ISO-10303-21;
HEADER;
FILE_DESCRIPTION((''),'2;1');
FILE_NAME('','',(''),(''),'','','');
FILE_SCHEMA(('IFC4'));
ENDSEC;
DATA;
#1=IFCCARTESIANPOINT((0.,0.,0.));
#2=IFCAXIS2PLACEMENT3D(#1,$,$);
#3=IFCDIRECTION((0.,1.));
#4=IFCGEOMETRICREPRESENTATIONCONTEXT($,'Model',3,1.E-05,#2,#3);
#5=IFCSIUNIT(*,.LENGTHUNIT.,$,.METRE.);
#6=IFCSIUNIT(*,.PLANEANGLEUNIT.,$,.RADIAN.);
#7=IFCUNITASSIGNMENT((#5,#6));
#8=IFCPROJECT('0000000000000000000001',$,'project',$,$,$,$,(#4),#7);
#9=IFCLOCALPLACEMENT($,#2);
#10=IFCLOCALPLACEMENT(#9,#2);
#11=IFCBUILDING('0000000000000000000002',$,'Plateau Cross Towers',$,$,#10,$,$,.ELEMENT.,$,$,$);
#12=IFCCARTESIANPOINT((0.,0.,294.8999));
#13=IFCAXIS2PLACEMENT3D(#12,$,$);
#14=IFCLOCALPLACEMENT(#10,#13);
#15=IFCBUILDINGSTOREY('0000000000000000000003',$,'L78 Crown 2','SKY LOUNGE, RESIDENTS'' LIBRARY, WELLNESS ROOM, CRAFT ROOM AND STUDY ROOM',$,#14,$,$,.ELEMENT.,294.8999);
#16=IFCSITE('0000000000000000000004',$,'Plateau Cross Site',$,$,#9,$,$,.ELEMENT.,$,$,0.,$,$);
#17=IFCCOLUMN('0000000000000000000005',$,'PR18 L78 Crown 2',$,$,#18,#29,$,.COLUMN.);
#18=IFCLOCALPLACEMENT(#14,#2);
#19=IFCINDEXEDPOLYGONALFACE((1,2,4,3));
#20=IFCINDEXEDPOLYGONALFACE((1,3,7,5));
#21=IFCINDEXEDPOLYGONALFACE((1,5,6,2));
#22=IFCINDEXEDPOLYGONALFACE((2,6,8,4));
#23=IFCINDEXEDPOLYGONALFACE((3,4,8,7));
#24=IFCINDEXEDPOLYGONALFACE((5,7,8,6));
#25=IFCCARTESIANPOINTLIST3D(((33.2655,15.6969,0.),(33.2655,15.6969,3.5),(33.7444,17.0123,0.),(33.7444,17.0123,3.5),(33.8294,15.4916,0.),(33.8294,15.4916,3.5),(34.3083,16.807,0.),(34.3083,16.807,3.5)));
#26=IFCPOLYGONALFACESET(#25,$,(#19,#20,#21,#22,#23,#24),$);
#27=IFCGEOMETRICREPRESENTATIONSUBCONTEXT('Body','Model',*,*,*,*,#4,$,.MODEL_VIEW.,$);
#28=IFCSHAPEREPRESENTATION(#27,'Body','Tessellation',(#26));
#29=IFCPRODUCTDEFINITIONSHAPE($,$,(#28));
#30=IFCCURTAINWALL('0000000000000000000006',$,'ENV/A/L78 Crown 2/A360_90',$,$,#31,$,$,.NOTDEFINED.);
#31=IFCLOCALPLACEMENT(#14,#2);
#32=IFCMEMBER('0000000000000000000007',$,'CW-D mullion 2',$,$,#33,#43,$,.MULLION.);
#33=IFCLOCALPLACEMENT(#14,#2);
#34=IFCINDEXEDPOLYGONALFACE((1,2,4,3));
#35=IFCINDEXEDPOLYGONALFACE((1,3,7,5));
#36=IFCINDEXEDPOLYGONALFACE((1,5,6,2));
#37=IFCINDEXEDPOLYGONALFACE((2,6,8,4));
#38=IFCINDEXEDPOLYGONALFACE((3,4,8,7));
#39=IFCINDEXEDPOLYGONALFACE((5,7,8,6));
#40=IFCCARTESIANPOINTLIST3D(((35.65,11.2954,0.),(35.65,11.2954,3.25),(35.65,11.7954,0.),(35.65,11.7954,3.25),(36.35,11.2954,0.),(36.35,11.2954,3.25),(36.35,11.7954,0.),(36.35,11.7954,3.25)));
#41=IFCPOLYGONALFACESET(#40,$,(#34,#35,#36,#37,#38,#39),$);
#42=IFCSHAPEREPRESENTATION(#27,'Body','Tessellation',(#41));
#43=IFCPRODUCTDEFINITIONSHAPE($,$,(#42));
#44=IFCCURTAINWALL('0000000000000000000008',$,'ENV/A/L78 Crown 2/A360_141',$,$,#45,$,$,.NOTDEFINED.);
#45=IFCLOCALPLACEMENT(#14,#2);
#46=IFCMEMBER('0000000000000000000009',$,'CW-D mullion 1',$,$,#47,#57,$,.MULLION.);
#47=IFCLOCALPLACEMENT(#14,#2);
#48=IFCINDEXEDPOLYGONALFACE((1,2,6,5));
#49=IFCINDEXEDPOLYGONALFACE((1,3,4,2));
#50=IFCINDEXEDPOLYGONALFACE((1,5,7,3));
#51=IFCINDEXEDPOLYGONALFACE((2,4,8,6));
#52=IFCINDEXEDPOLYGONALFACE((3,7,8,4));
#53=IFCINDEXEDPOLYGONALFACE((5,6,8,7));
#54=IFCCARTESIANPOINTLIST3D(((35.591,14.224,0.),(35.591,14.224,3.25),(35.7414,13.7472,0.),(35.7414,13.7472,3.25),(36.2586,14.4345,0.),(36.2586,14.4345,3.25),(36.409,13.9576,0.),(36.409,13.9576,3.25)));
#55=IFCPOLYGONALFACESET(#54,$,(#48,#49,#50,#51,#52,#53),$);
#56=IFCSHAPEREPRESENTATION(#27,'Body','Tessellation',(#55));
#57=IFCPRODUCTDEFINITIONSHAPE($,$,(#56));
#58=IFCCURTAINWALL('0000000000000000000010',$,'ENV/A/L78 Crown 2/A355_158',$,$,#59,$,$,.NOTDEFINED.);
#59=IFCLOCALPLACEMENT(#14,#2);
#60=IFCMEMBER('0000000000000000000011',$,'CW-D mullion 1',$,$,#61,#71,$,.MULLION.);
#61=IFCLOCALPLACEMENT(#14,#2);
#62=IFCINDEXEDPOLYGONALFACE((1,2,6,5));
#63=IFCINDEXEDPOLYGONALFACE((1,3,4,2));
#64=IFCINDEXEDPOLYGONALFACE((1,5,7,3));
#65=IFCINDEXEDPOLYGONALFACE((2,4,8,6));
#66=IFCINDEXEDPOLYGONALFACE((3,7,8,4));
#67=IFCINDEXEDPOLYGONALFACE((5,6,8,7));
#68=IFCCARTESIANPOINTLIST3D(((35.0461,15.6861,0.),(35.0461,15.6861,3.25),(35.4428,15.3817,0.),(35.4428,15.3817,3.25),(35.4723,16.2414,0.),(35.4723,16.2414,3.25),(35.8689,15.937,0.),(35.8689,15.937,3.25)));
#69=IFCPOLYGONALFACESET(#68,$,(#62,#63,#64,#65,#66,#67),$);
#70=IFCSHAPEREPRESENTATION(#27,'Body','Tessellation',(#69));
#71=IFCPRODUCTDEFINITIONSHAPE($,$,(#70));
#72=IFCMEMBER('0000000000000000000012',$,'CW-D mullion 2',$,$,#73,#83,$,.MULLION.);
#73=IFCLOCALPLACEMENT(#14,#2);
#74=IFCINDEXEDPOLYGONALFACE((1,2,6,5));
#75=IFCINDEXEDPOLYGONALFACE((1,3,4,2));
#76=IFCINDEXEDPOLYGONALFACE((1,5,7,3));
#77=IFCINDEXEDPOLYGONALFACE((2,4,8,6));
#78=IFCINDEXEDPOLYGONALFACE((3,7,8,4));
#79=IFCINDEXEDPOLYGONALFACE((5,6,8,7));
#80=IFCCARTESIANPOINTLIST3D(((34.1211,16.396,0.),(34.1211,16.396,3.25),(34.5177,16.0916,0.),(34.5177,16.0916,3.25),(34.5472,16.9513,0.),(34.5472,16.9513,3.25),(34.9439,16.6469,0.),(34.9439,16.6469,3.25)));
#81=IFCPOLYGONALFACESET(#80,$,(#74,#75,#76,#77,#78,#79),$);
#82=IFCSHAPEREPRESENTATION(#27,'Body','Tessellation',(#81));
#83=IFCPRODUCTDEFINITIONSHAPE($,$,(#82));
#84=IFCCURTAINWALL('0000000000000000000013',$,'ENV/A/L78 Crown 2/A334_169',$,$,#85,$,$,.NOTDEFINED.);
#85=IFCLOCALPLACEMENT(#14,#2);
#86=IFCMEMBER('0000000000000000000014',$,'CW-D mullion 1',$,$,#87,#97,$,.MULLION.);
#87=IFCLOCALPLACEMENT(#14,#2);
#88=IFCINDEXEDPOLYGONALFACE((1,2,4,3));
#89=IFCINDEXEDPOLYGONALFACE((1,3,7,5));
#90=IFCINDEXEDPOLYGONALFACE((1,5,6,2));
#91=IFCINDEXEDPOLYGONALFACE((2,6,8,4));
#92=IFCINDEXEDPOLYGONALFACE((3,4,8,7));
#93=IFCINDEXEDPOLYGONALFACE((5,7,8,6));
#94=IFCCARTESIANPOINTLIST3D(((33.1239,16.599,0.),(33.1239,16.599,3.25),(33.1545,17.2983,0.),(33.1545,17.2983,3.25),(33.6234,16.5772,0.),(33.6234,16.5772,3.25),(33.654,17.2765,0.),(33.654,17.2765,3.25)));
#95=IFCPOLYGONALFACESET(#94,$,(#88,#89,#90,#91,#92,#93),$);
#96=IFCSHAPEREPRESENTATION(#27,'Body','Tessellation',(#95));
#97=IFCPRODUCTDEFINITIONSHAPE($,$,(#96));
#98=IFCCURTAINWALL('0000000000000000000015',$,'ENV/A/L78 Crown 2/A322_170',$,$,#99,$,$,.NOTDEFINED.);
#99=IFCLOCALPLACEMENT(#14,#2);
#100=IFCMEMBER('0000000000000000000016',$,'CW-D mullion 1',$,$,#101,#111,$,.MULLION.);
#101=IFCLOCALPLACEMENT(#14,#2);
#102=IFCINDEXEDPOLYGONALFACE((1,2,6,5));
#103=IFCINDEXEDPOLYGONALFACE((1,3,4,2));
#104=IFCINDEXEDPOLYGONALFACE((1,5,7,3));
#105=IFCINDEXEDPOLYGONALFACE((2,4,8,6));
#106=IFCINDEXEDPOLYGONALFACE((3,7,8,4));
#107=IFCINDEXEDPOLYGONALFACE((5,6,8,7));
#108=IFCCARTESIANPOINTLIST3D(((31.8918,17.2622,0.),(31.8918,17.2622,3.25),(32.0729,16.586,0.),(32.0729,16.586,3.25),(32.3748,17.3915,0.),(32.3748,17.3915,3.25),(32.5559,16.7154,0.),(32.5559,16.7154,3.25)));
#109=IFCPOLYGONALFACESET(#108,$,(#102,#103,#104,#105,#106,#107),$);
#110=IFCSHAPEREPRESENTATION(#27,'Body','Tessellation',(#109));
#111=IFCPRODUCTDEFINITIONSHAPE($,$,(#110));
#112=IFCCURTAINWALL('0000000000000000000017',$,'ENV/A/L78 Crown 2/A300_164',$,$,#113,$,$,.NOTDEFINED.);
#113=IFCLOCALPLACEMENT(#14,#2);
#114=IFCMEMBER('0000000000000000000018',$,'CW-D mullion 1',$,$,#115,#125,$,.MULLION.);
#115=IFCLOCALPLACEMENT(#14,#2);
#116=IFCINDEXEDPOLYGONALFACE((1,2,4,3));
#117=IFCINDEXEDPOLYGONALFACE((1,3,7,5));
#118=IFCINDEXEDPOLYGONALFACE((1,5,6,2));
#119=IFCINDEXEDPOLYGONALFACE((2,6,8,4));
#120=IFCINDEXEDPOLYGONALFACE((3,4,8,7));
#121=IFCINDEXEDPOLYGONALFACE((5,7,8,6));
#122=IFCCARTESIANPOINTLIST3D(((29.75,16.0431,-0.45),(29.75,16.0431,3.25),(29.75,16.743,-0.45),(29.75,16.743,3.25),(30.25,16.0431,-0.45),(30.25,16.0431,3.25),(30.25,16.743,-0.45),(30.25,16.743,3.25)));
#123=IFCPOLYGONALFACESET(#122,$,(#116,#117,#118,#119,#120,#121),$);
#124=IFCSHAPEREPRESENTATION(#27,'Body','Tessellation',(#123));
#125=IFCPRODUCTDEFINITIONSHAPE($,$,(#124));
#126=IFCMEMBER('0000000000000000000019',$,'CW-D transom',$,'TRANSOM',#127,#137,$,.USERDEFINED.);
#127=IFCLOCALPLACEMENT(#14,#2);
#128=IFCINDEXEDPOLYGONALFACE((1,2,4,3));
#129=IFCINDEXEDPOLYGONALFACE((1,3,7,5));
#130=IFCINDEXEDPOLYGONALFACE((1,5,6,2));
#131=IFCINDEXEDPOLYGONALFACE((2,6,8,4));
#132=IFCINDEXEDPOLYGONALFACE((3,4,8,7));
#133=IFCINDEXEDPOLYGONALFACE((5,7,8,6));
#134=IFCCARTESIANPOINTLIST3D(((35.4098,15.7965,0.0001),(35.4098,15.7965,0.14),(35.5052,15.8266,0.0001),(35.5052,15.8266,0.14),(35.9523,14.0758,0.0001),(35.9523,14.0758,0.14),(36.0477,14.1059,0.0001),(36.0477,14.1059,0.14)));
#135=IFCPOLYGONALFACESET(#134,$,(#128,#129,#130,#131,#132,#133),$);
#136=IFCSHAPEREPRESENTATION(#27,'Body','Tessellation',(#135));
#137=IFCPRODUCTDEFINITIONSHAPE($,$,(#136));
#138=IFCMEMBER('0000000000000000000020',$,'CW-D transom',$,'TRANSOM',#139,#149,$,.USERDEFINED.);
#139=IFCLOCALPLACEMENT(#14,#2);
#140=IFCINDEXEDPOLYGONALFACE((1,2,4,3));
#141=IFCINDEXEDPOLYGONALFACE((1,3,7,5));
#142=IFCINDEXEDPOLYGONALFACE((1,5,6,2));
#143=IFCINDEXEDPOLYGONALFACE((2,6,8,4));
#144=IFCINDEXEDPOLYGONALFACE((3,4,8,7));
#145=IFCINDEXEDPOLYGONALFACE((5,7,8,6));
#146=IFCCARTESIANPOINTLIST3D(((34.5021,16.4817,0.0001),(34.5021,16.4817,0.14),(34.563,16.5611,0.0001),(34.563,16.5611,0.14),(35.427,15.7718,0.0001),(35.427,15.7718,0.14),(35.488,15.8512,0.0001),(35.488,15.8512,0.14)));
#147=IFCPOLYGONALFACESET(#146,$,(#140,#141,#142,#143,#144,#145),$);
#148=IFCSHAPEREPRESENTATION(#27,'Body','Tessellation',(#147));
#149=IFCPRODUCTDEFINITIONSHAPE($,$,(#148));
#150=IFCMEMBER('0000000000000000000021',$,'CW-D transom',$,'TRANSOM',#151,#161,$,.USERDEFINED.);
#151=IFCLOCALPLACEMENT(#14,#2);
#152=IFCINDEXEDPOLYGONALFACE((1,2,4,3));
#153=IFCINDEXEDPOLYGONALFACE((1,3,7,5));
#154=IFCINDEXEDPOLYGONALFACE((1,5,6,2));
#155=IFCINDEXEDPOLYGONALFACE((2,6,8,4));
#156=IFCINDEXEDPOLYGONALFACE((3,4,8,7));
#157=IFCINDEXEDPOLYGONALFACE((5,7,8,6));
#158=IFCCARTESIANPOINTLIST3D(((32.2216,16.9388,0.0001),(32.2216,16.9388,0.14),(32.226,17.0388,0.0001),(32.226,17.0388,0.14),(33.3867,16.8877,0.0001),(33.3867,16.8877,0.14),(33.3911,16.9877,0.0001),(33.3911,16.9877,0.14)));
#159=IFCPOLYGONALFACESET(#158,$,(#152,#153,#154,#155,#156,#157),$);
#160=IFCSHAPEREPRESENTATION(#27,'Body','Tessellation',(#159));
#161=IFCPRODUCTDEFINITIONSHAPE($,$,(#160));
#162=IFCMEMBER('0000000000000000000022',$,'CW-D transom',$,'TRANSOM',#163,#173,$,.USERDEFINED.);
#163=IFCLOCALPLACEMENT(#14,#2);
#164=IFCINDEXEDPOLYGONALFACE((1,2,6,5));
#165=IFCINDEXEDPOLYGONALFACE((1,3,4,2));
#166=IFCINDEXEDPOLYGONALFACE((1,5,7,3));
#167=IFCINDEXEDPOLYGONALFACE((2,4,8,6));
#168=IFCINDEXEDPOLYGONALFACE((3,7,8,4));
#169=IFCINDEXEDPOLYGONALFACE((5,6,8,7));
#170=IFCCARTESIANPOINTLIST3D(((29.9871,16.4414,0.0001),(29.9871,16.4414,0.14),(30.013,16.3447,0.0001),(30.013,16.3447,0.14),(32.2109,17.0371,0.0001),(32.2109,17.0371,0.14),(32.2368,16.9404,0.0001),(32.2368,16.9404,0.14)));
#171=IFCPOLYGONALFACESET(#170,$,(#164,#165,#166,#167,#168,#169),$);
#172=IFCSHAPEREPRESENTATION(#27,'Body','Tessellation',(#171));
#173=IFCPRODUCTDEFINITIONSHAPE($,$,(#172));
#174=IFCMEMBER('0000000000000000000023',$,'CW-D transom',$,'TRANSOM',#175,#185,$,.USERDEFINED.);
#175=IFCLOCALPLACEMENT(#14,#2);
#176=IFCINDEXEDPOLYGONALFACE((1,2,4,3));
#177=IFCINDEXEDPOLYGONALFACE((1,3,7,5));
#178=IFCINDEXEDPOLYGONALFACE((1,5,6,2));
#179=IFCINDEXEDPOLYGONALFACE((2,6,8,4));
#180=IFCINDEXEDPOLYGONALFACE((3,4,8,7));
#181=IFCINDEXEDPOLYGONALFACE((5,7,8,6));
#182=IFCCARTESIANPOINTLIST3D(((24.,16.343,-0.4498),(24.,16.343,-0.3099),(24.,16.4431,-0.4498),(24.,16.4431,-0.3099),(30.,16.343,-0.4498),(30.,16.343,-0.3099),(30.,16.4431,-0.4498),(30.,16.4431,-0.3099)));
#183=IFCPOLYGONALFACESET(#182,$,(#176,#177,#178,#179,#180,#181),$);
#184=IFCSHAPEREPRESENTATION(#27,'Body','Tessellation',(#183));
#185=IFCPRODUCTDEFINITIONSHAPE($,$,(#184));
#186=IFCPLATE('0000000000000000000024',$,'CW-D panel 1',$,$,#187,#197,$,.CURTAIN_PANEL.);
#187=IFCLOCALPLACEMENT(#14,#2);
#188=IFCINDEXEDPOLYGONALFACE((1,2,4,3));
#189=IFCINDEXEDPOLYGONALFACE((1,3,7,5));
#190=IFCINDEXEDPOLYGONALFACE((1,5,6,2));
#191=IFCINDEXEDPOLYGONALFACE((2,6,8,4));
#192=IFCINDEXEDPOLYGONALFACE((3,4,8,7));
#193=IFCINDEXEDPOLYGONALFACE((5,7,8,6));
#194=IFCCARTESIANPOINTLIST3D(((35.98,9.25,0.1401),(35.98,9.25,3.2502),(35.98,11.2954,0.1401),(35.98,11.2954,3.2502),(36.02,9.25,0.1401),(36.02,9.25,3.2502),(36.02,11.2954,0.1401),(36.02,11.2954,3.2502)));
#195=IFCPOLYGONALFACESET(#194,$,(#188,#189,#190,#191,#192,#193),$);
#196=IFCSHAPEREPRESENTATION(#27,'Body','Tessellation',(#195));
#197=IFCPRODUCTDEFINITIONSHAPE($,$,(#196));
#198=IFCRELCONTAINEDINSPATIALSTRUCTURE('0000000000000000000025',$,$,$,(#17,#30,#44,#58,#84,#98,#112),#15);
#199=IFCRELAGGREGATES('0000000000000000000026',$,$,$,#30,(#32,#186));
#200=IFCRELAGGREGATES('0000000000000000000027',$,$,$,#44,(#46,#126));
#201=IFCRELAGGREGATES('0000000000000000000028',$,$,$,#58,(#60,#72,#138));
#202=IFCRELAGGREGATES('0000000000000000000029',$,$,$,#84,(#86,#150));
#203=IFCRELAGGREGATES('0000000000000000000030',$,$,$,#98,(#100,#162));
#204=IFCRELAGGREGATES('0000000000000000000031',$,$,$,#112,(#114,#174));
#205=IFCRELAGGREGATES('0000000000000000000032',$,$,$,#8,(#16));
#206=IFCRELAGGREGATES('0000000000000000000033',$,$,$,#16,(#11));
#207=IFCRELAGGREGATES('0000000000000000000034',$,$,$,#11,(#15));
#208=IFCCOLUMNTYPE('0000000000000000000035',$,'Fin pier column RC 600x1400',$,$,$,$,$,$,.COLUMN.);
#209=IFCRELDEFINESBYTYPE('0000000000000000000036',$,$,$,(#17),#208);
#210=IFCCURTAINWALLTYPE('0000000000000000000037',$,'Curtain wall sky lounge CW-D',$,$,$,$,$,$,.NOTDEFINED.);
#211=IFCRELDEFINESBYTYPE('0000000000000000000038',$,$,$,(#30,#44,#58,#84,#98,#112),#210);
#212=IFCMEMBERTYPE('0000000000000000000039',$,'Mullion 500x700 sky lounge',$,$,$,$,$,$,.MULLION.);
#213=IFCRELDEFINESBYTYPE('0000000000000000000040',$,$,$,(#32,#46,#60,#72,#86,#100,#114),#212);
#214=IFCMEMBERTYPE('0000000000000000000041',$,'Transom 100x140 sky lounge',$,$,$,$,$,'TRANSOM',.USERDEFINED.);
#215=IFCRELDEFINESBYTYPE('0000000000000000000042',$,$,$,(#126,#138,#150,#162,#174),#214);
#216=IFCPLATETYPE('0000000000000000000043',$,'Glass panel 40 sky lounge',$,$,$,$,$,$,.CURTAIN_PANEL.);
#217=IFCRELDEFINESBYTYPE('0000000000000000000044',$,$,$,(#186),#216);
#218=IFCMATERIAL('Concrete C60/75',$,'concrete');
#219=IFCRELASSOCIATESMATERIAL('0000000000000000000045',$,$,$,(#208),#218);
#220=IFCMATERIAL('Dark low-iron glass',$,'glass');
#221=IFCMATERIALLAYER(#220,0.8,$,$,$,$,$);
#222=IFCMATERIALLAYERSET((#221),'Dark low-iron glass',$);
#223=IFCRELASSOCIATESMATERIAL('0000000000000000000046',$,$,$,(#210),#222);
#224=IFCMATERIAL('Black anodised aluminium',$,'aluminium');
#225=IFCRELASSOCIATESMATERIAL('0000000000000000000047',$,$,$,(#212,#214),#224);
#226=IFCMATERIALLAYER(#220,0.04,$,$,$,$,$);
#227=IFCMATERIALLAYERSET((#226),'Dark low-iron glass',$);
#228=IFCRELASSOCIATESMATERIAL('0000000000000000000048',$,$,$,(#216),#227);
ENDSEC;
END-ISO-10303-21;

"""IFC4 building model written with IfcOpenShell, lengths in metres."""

from ifc_helpers import new_model, si_unit, direction, frame, origin, origin_2d, place, context, subcontext, project, spatial, rectangle, extrude, material, layer, layer_set, material_profile, profile_set, type_object, element, aggregate, save


model = new_model("IFC4")

# Units and contexts
model_context = context("Model", 3, precision=1e-05, world=origin(), true_north=direction((0.0, 1.0)))
body_context = subcontext(model_context, "Body", "Model", "MODEL_VIEW")
ifc_project = project(units=[si_unit("LENGTHUNIT", "METRE"), si_unit("PLANEANGLEUNIT", "RADIAN")], contexts=[model_context])

# Site, building, storey
site_placement = place(None, origin())
site = spatial("IfcSite", under=ifc_project, at=site_placement, Name="Plateau Cross Site", CompositionType="ELEMENT", RefElevation=0.0)
building_placement = place(site_placement, origin())
building = spatial("IfcBuilding", under=site, at=building_placement, Name="Plateau Cross Towers", CompositionType="ELEMENT")
storey_placement = place(building_placement, frame((0.0, 0.0, 294.8999)))
storey = spatial("IfcBuildingStorey", under=building, at=storey_placement, Name="L78 Crown 2", Description="SKY LOUNGE, RESIDENTS' LIBRARY, WELLNESS ROOM, CRAFT ROOM AND STUDY ROOM", CompositionType="ELEMENT", Elevation=294.8999)

# Column
ifc_material_1 = material(Name="Concrete C60/75", Category="concrete")
ifc_material_profile_1 = material_profile(ifc_material_1, rectangle(XDim=0.6001, YDim=1.3999, at=origin_2d()), Name="RC 600x1400")
ifc_profile_set_1 = profile_set([ifc_material_profile_1], Name="Concrete C60/75")
column_type = type_object("IfcColumnType", Name="Fin pier column RC 600x1400", PredefinedType="COLUMN", material=ifc_profile_set_1)
column_placement = place(storey_placement, frame((33.7869, 16.252, 0.0), z_axis=(0.0, 0.0, 1.0), x_axis=(-0.939664, 0.342098, 0.0)))
element("IfcColumn", 1, at=column_placement, inside=storey, type_object=column_type, Name="PR18 L78 Crown 2", PredefinedType="COLUMN", context=body_context, shape_type="SweptSolid", body=[
    extrude(rectangle(XDim=0.6001, YDim=1.3999, at=origin_2d()), origin(), (0.0, 0.0, 1.0), 3.5),
])

# Curtain walls, members
ifc_material_2 = material(Name="Dark low-iron glass", Category="glass")
ifc_layer_1 = layer(ifc_material_2, 0.8)
ifc_layer_set_1 = layer_set([ifc_layer_1], Name="Dark low-iron glass")
curtain_wall_type = type_object("IfcCurtainWallType", Name="Curtain wall sky lounge CW-D", PredefinedType="NOTDEFINED", material=ifc_layer_set_1)
curtain_wall_1_placement = place(storey_placement, origin())
curtain_wall_1 = element("IfcCurtainWall", 2, at=curtain_wall_1_placement, inside=storey, type_object=curtain_wall_type, Name="ENV/A/L78 Crown 2/A360_90", PredefinedType="NOTDEFINED")
ifc_material_3 = material(Name="Black anodised aluminium", Category="aluminium")
ifc_material_profile_2 = material_profile(ifc_material_3, rectangle(XDim=0.5, YDim=0.7, at=origin_2d()), Name="MULLION 500x700")
ifc_profile_set_2 = profile_set([ifc_material_profile_2], Name="Black anodised aluminium")
member_type_1 = type_object("IfcMemberType", Name="Mullion 500x700 sky lounge", PredefinedType="MULLION", material=ifc_profile_set_2)
member_1_placement = place(storey_placement, frame((36.0, 11.5454, 0.0), z_axis=(0.0, 0.0, 1.0), x_axis=(0.0, 1.0, 0.0)))
member_1 = element("IfcMember", 3, at=member_1_placement, type_object=member_type_1, Name="CW-D mullion 2", PredefinedType="MULLION", context=body_context, shape_type="SweptSolid", body=[
    extrude(rectangle(XDim=0.5, YDim=0.7, at=origin_2d()), origin(), (0.0, 0.0, 1.0), 3.25),
])
curtain_wall_2_placement = place(storey_placement, origin())
curtain_wall_2 = element("IfcCurtainWall", 4, at=curtain_wall_2_placement, inside=storey, type_object=curtain_wall_type, Name="ENV/A/L78 Crown 2/A360_141", PredefinedType="NOTDEFINED")
member_2_placement = place(storey_placement, frame((36.0, 14.0908, 0.0), z_axis=(0.0, 0.0, 1.0), x_axis=(-0.300686, 0.953723, 0.0)))
member_2 = element("IfcMember", 5, at=member_2_placement, type_object=member_type_1, Name="CW-D mullion 1", PredefinedType="MULLION", context=body_context, shape_type="SweptSolid", body=[
    extrude(rectangle(XDim=0.5, YDim=0.7, at=origin_2d()), origin(), (0.0, 0.0, 1.0), 3.25),
])

# Curtain wall, members
curtain_wall_3_placement = place(storey_placement, origin())
curtain_wall_3 = element("IfcCurtainWall", 6, at=curtain_wall_3_placement, inside=storey, type_object=curtain_wall_type, Name="ENV/A/L78 Crown 2/A355_158", PredefinedType="NOTDEFINED")
member_3_placement = place(storey_placement, frame((35.4575, 15.8115, 0.0), z_axis=(0.0, 0.0, 1.0), x_axis=(-0.793316, 0.608811, 0.0)))
member_3 = element("IfcMember", 7, at=member_3_placement, type_object=member_type_1, Name="CW-D mullion 1", PredefinedType="MULLION", context=body_context, shape_type="SweptSolid", body=[
    extrude(rectangle(XDim=0.5, YDim=0.7, at=origin_2d()), origin(), (0.0, 0.0, 1.0), 3.25),
])
member_4_placement = place(storey_placement, frame((34.5325, 16.5215, 0.0), z_axis=(0.0, 0.0, 1.0), x_axis=(-0.793316, 0.608811, 0.0)))
member_4 = element("IfcMember", 8, at=member_4_placement, type_object=member_type_1, Name="CW-D mullion 2", PredefinedType="MULLION", context=body_context, shape_type="SweptSolid", body=[
    extrude(rectangle(XDim=0.5, YDim=0.7, at=origin_2d()), origin(), (0.0, 0.0, 1.0), 3.25),
])

# Curtain walls, members
curtain_wall_4_placement = place(storey_placement, origin())
curtain_wall_4 = element("IfcCurtainWall", 9, at=curtain_wall_4_placement, inside=storey, type_object=curtain_wall_type, Name="ENV/A/L78 Crown 2/A334_169", PredefinedType="NOTDEFINED")
member_5_placement = place(storey_placement, frame((33.3889, 16.9377, 0.0), z_axis=(0.0, 0.0, 1.0), x_axis=(-0.999044, 0.043723, 0.0)))
member_5 = element("IfcMember", 10, at=member_5_placement, type_object=member_type_1, Name="CW-D mullion 1", PredefinedType="MULLION", context=body_context, shape_type="SweptSolid", body=[
    extrude(rectangle(XDim=0.5, YDim=0.7, at=origin_2d()), origin(), (0.0, 0.0, 1.0), 3.25),
])
curtain_wall_5_placement = place(storey_placement, origin())
curtain_wall_5 = element("IfcCurtainWall", 11, at=curtain_wall_5_placement, inside=storey, type_object=curtain_wall_type, Name="ENV/A/L78 Crown 2/A322_170", PredefinedType="NOTDEFINED")
member_6_placement = place(storey_placement, frame((32.2239, 16.9888, 0.0), z_axis=(0.0, 0.0, 1.0), x_axis=(-0.965958, -0.258699, 0.0)))
member_6 = element("IfcMember", 12, at=member_6_placement, type_object=member_type_1, Name="CW-D mullion 1", PredefinedType="MULLION", context=body_context, shape_type="SweptSolid", body=[
    extrude(rectangle(XDim=0.5, YDim=0.7, at=origin_2d()), origin(), (0.0, 0.0, 1.0), 3.25),
])
curtain_wall_6_placement = place(storey_placement, origin())
curtain_wall_6 = element("IfcCurtainWall", 13, at=curtain_wall_6_placement, inside=storey, type_object=curtain_wall_type, Name="ENV/A/L78 Crown 2/A300_164", PredefinedType="NOTDEFINED")
member_7_placement = place(storey_placement, frame((30.0, 16.3931, -0.45), z_axis=(0.0, 0.0, 1.0), x_axis=(-1.0, 0.0, 0.0)))
member_7 = element("IfcMember", 14, at=member_7_placement, type_object=member_type_1, Name="CW-D mullion 1", PredefinedType="MULLION", context=body_context, shape_type="SweptSolid", body=[
    extrude(rectangle(XDim=0.5, YDim=0.7, at=origin_2d()), origin(), (0.0, 0.0, 1.0), 3.7),
])

# Members
ifc_material_profile_3 = material_profile(ifc_material_3, rectangle(XDim=0.1001, YDim=0.1399, at=origin_2d()), Name="TRANSOM 100x140")
ifc_profile_set_3 = profile_set([ifc_material_profile_3], Name="Black anodised aluminium")
member_type_2 = type_object("IfcMemberType", Name="Transom 100x140 sky lounge", ElementType="TRANSOM", PredefinedType="USERDEFINED", material=ifc_profile_set_3)
member_8_placement = place(storey_placement, frame((36.0, 14.0908, 0.0701), z_axis=(-0.300678, 0.953726, 0.0), x_axis=(-0.953726, -0.300678, 0.0)))
member_8 = element("IfcMember", 15, at=member_8_placement, type_object=member_type_2, Name="CW-D transom", ObjectType="TRANSOM", PredefinedType="USERDEFINED", context=body_context, shape_type="SweptSolid", body=[
    extrude(rectangle(XDim=0.1001, YDim=0.1399, at=origin_2d()), origin(), (0.0, 0.0, 1.0), 1.8042),
])
member_9_placement = place(storey_placement, frame((35.4575, 15.8115, 0.0701), z_axis=(-0.793293, 0.60884, 0.0), x_axis=(-0.60884, -0.793293, 0.0)))
member_9 = element("IfcMember", 16, at=member_9_placement, type_object=member_type_2, Name="CW-D transom", ObjectType="TRANSOM", PredefinedType="USERDEFINED", context=body_context, shape_type="SweptSolid", body=[
    extrude(rectangle(XDim=0.1001, YDim=0.1399, at=origin_2d()), origin(), (0.0, 0.0, 1.0), 1.166),
])
member_10_placement = place(storey_placement, frame((33.3889, 16.9377, 0.0701), z_axis=(-0.999042, 0.043755, 0.0), x_axis=(-0.043755, -0.999042, 0.0)))
member_10 = element("IfcMember", 17, at=member_10_placement, type_object=member_type_2, Name="CW-D transom", ObjectType="TRANSOM", PredefinedType="USERDEFINED", context=body_context, shape_type="SweptSolid", body=[
    extrude(rectangle(XDim=0.1001, YDim=0.1399, at=origin_2d()), origin(), (0.0, 0.0, 1.0), 1.1663),
])
member_11_placement = place(storey_placement, frame((32.2239, 16.9888, 0.0701), z_axis=(-0.965946, -0.258745, 0.0), x_axis=(0.258745, -0.965946, 0.0)))
member_11 = element("IfcMember", 18, at=member_11_placement, type_object=member_type_2, Name="CW-D transom", ObjectType="TRANSOM", PredefinedType="USERDEFINED", context=body_context, shape_type="SweptSolid", body=[
    extrude(rectangle(XDim=0.1001, YDim=0.1399, at=origin_2d()), origin(), (0.0, 0.0, 1.0), 2.3022),
])
member_12_placement = place(storey_placement, frame((30.0, 16.3931, -0.3799), z_axis=(-1.0, 0.0, 0.0), x_axis=(0.0, -1.0, 0.0)))
member_12 = element("IfcMember", 19, at=member_12_placement, type_object=member_type_2, Name="CW-D transom", ObjectType="TRANSOM", PredefinedType="USERDEFINED", context=body_context, shape_type="SweptSolid", body=[
    extrude(rectangle(XDim=0.1001, YDim=0.1399, at=origin_2d()), origin(), (0.0, 0.0, 1.0), 6.0),
])

# Plate
ifc_layer_2 = layer(ifc_material_2, 0.04)
ifc_layer_set_2 = layer_set([ifc_layer_2], Name="Dark low-iron glass")
plate_type = type_object("IfcPlateType", Name="Glass panel 40 sky lounge", PredefinedType="CURTAIN_PANEL", material=ifc_layer_set_2)
plate_1_placement = place(storey_placement, frame((36.0, 10.2727, 0.1401), z_axis=(0.0, 0.0, 1.0), x_axis=(0.0, 1.0, 0.0)))
plate_1 = element("IfcPlate", 20, at=plate_1_placement, type_object=plate_type, Name="CW-D panel 1", PredefinedType="CURTAIN_PANEL", context=body_context, shape_type="SweptSolid", body=[
    extrude(rectangle(XDim=2.0454, YDim=0.04, at=origin_2d()), origin(), (0.0, 0.0, 1.0), 3.1101),
])
aggregate(curtain_wall_1, [member_1, plate_1])
aggregate(curtain_wall_2, [member_2, member_8])
aggregate(curtain_wall_3, [member_3, member_4, member_9])
aggregate(curtain_wall_4, [member_5, member_10])
aggregate(curtain_wall_5, [member_6, member_11])
aggregate(curtain_wall_6, [member_7, member_12])

save(model, "model.ifc")
